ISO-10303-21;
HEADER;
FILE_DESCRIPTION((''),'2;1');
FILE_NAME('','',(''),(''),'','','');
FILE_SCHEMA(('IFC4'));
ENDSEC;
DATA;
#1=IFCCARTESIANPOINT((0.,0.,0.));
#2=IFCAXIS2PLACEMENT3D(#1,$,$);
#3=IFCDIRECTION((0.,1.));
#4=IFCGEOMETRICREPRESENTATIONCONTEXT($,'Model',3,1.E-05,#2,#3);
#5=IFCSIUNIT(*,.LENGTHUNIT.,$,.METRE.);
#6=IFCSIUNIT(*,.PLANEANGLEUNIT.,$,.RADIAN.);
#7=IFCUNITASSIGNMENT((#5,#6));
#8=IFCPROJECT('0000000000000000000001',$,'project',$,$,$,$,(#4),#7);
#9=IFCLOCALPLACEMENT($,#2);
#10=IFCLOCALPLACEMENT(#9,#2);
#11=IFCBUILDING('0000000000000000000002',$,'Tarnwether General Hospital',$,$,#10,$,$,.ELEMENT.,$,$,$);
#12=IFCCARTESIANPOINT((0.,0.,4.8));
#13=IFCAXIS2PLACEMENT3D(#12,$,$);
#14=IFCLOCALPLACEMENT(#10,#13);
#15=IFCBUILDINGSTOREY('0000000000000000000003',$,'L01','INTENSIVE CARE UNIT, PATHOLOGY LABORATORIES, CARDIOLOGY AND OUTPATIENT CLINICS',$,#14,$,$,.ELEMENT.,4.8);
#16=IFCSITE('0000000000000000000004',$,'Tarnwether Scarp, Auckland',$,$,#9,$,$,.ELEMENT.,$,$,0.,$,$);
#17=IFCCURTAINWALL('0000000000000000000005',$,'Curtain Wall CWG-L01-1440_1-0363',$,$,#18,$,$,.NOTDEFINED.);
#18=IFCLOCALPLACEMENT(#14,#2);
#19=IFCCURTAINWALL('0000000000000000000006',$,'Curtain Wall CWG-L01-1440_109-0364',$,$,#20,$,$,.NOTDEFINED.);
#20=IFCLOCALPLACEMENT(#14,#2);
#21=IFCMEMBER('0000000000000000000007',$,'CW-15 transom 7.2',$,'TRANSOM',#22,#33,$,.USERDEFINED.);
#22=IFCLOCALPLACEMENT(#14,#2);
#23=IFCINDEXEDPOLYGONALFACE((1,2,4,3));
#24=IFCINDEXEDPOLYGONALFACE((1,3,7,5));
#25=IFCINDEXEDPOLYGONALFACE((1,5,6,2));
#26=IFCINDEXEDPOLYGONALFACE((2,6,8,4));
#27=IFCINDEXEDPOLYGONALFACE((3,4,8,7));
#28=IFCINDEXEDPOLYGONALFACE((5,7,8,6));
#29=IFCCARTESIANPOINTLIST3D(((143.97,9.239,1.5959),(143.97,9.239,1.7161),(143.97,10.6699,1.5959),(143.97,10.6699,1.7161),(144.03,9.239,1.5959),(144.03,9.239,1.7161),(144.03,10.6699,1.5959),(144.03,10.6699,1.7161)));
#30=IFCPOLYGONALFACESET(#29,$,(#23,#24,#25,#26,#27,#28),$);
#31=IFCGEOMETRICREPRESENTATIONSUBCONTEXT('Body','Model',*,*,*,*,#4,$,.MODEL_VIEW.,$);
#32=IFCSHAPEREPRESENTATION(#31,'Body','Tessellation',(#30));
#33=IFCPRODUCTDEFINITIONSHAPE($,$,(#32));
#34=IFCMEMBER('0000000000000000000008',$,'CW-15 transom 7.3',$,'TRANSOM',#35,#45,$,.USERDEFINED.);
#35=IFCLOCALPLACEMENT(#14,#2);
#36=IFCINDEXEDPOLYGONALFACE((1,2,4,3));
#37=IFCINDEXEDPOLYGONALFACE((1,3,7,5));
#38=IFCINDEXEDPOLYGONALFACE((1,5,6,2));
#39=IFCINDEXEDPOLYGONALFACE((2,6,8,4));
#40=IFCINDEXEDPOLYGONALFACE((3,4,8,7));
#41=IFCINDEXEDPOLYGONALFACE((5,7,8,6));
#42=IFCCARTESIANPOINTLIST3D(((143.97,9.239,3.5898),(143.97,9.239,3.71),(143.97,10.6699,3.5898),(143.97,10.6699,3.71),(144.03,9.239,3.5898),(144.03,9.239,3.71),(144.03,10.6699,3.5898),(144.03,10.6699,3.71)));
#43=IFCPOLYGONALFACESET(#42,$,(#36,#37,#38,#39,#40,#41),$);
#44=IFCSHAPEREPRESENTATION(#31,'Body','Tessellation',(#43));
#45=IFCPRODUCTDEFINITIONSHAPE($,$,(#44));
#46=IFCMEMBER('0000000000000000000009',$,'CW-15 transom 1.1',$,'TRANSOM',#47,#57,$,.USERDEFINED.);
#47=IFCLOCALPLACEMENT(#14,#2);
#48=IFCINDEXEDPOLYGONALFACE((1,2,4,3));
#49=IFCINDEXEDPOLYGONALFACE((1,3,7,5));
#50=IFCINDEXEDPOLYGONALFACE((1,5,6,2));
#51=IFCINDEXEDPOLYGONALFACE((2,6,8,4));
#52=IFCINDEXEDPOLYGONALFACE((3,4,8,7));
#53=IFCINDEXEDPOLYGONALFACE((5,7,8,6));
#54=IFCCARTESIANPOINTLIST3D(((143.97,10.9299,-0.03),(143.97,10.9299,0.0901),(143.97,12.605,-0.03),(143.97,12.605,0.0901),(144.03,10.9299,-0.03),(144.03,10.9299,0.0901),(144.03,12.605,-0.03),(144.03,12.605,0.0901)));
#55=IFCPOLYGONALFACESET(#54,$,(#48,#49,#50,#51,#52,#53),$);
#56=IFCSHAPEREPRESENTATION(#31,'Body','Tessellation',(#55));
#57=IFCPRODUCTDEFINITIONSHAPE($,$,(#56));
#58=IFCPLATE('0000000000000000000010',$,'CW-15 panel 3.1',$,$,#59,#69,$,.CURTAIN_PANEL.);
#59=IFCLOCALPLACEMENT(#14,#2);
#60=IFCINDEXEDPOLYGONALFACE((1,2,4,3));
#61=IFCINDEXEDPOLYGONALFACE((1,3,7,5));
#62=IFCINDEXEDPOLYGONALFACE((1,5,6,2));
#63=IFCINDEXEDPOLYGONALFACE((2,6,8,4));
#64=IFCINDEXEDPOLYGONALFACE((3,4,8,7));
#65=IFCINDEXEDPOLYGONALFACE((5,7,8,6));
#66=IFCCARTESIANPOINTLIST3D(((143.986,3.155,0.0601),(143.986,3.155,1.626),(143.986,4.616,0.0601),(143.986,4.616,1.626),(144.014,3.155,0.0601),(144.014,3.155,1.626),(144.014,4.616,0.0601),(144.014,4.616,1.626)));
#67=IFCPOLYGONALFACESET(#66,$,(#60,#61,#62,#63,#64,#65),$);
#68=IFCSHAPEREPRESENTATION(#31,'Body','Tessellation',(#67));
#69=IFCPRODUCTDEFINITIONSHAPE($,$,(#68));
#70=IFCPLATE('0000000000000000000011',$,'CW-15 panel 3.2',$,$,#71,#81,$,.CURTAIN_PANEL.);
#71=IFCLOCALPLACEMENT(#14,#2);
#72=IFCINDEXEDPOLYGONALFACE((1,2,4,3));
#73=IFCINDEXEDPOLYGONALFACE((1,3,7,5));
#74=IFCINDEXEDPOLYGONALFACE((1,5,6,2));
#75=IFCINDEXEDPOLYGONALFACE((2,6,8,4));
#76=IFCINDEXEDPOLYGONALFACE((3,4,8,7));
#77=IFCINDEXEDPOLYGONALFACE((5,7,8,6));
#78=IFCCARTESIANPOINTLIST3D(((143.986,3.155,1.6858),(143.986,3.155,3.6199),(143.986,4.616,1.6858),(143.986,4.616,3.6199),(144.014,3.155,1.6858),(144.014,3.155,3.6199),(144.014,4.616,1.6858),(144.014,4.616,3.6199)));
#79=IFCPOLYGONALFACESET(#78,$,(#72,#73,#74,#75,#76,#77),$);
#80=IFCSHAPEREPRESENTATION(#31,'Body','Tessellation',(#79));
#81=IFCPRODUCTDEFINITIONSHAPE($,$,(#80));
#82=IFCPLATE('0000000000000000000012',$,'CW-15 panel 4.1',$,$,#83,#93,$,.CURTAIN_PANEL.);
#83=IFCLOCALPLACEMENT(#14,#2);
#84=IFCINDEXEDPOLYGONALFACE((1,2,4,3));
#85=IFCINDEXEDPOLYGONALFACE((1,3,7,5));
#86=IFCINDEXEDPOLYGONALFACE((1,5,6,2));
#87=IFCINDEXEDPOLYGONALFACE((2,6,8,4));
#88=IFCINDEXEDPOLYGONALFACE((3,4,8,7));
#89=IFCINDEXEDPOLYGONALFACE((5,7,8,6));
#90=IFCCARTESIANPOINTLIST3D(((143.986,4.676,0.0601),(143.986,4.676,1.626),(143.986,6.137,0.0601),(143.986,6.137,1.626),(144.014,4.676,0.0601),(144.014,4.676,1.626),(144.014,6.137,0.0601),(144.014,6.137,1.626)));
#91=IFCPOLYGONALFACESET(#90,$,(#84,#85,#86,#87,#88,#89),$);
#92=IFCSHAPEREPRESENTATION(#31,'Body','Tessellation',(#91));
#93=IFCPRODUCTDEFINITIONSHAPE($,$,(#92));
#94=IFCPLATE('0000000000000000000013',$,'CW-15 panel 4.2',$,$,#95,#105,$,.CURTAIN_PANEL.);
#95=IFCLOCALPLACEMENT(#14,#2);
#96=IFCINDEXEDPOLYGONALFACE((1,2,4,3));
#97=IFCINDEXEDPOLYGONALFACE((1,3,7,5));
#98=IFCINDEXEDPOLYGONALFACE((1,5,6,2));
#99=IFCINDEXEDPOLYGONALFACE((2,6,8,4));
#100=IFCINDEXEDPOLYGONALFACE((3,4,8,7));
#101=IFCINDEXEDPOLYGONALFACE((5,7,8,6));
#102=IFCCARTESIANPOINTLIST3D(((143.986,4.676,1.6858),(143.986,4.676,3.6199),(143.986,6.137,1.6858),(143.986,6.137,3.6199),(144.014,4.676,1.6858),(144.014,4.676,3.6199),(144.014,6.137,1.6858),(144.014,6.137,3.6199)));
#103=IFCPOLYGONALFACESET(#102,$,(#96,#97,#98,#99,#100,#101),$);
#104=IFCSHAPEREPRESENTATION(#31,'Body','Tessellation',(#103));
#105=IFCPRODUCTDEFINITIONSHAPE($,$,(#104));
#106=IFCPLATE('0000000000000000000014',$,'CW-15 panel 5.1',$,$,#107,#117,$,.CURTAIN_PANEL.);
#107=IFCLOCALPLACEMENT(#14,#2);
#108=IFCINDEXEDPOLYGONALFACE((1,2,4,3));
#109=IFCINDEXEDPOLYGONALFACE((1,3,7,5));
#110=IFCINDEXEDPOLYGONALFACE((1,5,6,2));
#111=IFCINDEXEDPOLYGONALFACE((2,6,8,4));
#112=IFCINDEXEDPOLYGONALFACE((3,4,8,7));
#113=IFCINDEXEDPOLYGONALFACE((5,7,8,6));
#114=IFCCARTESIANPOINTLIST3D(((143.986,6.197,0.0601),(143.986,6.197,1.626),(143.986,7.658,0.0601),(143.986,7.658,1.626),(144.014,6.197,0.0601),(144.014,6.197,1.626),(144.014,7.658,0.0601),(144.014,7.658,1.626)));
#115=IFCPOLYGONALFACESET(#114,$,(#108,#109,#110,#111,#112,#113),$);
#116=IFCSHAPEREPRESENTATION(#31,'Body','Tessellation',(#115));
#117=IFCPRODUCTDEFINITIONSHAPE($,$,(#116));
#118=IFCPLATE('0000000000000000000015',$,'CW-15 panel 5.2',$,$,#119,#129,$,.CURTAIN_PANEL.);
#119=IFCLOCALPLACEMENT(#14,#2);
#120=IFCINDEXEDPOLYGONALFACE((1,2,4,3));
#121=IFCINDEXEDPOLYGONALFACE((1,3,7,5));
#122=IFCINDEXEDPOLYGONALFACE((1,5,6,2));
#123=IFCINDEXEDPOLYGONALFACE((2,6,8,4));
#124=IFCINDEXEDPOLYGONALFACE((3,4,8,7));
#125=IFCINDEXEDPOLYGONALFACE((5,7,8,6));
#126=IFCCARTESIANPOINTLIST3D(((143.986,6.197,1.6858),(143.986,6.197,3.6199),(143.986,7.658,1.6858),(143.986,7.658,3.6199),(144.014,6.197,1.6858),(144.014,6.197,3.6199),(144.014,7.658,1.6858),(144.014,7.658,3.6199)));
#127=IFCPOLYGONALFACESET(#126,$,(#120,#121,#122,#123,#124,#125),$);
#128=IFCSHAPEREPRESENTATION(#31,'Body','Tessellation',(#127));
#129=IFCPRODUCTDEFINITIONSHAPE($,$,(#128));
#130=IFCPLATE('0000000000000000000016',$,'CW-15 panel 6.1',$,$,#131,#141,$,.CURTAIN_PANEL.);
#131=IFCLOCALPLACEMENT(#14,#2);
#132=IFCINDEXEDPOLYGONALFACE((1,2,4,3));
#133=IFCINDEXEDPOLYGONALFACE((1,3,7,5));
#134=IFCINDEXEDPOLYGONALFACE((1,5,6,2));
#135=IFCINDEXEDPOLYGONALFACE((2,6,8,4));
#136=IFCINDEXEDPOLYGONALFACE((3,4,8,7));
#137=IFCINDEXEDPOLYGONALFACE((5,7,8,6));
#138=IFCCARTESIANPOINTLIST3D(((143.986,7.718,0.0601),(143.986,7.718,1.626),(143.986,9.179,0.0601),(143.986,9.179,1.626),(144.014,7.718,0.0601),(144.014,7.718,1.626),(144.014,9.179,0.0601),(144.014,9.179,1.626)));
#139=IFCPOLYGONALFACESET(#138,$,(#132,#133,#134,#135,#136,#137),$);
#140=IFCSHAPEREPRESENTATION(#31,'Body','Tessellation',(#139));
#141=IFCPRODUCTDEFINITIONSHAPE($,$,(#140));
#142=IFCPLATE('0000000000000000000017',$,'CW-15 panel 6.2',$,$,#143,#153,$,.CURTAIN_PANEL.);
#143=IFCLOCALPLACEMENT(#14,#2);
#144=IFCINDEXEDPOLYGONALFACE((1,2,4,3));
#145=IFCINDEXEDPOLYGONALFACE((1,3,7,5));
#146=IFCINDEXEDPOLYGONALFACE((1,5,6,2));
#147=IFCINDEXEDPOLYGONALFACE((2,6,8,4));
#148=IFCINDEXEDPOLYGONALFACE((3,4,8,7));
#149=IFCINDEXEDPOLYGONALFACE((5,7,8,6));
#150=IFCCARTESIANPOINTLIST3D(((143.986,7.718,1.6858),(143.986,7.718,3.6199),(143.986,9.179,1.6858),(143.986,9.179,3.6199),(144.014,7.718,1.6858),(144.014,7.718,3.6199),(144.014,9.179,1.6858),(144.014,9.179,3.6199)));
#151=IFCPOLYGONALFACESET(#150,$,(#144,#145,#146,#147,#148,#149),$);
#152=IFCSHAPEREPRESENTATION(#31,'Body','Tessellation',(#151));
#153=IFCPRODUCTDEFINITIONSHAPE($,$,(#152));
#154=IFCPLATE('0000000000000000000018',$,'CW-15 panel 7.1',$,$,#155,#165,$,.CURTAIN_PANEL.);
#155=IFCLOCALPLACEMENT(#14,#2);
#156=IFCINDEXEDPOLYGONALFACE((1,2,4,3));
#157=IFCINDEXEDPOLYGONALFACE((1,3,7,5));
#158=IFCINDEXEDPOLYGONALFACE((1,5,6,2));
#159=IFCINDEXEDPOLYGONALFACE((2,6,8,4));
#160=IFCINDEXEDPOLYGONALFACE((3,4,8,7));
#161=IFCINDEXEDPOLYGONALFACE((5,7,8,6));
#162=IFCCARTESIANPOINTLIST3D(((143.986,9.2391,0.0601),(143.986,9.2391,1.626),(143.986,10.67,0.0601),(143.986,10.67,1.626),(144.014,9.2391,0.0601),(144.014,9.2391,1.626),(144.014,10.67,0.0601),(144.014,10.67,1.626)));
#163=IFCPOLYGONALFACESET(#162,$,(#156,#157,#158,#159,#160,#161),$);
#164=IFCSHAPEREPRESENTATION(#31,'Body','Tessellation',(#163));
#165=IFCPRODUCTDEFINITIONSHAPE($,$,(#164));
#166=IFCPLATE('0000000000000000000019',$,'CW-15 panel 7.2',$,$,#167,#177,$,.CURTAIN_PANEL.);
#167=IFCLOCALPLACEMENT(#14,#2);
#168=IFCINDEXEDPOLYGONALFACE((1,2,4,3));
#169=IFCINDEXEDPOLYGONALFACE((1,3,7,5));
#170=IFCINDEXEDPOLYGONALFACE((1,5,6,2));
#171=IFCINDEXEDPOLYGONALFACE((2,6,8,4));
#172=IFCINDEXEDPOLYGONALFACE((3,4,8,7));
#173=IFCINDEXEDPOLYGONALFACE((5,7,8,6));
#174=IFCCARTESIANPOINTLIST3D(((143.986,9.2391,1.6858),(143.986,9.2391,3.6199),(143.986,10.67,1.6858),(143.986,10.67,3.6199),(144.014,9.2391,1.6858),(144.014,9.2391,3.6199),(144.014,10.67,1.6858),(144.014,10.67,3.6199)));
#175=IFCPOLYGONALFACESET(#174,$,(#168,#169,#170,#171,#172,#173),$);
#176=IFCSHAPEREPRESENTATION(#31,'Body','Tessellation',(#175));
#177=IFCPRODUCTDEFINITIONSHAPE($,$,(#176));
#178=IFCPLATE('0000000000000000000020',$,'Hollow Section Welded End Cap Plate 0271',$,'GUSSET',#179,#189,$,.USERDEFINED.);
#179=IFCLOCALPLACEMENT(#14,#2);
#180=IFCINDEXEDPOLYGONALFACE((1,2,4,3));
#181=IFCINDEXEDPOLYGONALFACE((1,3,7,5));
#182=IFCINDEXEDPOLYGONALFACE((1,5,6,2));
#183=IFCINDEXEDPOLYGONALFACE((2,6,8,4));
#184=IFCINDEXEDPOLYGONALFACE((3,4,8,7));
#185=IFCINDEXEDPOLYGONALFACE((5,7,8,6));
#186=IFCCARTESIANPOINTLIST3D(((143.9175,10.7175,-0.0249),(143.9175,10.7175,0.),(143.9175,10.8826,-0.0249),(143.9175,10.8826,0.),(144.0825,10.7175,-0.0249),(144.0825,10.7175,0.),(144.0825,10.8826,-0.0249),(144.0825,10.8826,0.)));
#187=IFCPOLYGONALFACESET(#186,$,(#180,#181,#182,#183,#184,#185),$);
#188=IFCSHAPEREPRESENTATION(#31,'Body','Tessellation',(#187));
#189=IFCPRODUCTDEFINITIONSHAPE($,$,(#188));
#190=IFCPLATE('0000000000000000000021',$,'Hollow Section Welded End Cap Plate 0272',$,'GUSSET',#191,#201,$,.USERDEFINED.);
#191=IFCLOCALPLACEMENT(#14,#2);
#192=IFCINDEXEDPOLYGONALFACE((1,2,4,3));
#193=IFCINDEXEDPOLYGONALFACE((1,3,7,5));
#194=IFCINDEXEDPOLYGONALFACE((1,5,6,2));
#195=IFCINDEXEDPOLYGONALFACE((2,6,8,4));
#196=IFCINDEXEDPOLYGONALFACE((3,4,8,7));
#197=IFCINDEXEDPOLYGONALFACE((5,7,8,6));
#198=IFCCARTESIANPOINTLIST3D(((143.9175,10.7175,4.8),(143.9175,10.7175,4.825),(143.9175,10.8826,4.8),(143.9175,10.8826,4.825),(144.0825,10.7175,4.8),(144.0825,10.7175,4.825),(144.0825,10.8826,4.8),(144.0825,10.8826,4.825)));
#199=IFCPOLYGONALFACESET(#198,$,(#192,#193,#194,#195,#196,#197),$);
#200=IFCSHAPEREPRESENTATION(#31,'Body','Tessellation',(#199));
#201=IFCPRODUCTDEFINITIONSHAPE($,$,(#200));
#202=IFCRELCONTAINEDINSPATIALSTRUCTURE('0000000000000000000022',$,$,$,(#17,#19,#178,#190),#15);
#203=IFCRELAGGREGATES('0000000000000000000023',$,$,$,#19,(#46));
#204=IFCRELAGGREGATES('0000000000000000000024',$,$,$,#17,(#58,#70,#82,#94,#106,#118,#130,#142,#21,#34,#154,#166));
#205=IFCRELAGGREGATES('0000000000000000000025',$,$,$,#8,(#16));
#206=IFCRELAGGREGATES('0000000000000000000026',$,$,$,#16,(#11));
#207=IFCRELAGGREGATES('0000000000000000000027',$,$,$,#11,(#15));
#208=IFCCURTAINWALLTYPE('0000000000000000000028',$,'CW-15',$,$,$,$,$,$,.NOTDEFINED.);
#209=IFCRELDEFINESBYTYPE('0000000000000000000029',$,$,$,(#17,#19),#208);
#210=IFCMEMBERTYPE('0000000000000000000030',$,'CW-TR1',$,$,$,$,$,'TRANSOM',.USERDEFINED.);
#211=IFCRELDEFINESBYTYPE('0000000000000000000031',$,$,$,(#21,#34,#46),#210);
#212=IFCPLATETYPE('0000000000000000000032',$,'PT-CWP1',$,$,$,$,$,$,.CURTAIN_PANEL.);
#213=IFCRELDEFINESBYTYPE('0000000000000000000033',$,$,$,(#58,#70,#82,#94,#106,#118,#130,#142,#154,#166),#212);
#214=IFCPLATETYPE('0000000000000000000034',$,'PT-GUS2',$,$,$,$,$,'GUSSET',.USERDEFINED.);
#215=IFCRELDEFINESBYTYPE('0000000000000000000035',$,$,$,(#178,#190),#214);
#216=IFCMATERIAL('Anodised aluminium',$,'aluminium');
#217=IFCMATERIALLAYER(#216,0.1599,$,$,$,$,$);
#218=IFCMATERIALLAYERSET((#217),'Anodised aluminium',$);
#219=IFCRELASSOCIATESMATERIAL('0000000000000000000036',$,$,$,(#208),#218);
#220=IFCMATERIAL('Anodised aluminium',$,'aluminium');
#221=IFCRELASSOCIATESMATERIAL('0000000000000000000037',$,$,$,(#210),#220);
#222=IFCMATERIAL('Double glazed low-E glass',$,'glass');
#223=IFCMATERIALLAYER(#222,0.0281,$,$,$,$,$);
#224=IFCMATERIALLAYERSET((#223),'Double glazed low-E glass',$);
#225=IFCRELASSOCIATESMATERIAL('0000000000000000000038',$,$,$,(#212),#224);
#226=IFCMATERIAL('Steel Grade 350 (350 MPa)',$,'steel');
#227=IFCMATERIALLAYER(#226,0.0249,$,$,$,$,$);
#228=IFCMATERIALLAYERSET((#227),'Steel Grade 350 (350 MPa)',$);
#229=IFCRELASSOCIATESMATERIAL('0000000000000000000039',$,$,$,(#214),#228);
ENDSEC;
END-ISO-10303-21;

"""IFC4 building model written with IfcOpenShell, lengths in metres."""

from ifc_helpers import new_model, si_unit, direction, frame, origin, origin_2d, place, context, subcontext, project, spatial, rectangle, extrude, material, layer, layer_set, material_profile, profile_set, type_object, element, aggregate, save


model = new_model("IFC4")

# Units and contexts
model_context = context("Model", 3, precision=1e-05, world=origin(), true_north=direction((0.0, 1.0)))
body_context = subcontext(model_context, "Body", "Model", "MODEL_VIEW")
ifc_project = project(units=[si_unit("LENGTHUNIT", "METRE"), si_unit("PLANEANGLEUNIT", "RADIAN")], contexts=[model_context])

# Site, building, storey
site_placement = place(None, origin())
site = spatial("IfcSite", under=ifc_project, at=site_placement, Name="Tarnwether Scarp, Auckland", CompositionType="ELEMENT", RefElevation=0.0)
building_placement = place(site_placement, origin())
building = spatial("IfcBuilding", under=site, at=building_placement, Name="Tarnwether General Hospital", CompositionType="ELEMENT")
storey_placement = place(building_placement, frame((0.0, 0.0, 4.8)))
storey = spatial("IfcBuildingStorey", under=building, at=storey_placement, Name="L01", Description="INTENSIVE CARE UNIT, PATHOLOGY LABORATORIES, CARDIOLOGY AND OUTPATIENT CLINICS", CompositionType="ELEMENT", Elevation=4.8)

# Curtain wall
ifc_material_1 = material(Name="Anodised aluminium", Category="aluminium")
ifc_layer_1 = layer(ifc_material_1, 0.1599)
ifc_layer_set_1 = layer_set([ifc_layer_1], Name="Anodised aluminium")
curtain_wall_type = type_object("IfcCurtainWallType", Name="CW-15", PredefinedType="NOTDEFINED", material=ifc_layer_set_1)
curtain_wall_1_placement = place(storey_placement, origin())
curtain_wall_1 = element("IfcCurtainWall", 1, at=curtain_wall_1_placement, inside=storey, type_object=curtain_wall_type, Name="Curtain Wall CWG-L01-1440_1-0363", PredefinedType="NOTDEFINED")

# Curtain wall
curtain_wall_2_placement = place(storey_placement, origin())
curtain_wall_2 = element("IfcCurtainWall", 2, at=curtain_wall_2_placement, inside=storey, type_object=curtain_wall_type, Name="Curtain Wall CWG-L01-1440_109-0364", PredefinedType="NOTDEFINED")

# Members
ifc_material_2 = material(Name="Anodised aluminium", Category="aluminium")
ifc_material_profile_1 = material_profile(ifc_material_2, rectangle(XDim=0.0601, YDim=0.1201, at=origin_2d()), Name="ALU-TRN-60x120")
ifc_profile_set_1 = profile_set([ifc_material_profile_1], Name="Anodised aluminium")
member_type_1 = type_object("IfcMemberType", Name="CW-TR1", ElementType="TRANSOM", PredefinedType="USERDEFINED", material=ifc_profile_set_1)
member_1_placement = place(storey_placement, frame((144.0, 9.239, 1.656), z_axis=(0.0, 1.0, 0.0), x_axis=(-1.0, 0.0, 0.0)))
member_1 = element("IfcMember", 3, at=member_1_placement, type_object=member_type_1, Name="CW-15 transom 7.2", ObjectType="TRANSOM", PredefinedType="USERDEFINED", context=body_context, shape_type="SweptSolid", body=[
    extrude(rectangle(XDim=0.0601, YDim=0.1201, at=origin_2d()), origin(), (0.0, 0.0, 1.0), 1.4309),
])
member_2_placement = place(storey_placement, frame((144.0, 9.239, 3.6499), z_axis=(0.0, 1.0, 0.0), x_axis=(-1.0, 0.0, 0.0)))
member_2 = element("IfcMember", 4, at=member_2_placement, type_object=member_type_1, Name="CW-15 transom 7.3", ObjectType="TRANSOM", PredefinedType="USERDEFINED", context=body_context, shape_type="SweptSolid", body=[
    extrude(rectangle(XDim=0.0601, YDim=0.1201, at=origin_2d()), origin(), (0.0, 0.0, 1.0), 1.4309),
])
member_3_placement = place(storey_placement, frame((144.0, 10.9299, 0.03), z_axis=(0.0, 1.0, 0.0), x_axis=(-1.0, 0.0, 0.0)))
member_3 = element("IfcMember", 5, at=member_3_placement, type_object=member_type_1, Name="CW-15 transom 1.1", ObjectType="TRANSOM", PredefinedType="USERDEFINED", context=body_context, shape_type="SweptSolid", body=[
    extrude(rectangle(XDim=0.0601, YDim=0.1201, at=origin_2d()), origin(), (0.0, 0.0, 1.0), 1.675),
])
aggregate(curtain_wall_2, [member_3])

# Plates
ifc_material_3 = material(Name="Double glazed low-E glass", Category="glass")
ifc_layer_2 = layer(ifc_material_3, 0.0281)
ifc_layer_set_2 = layer_set([ifc_layer_2], Name="Double glazed low-E glass")
plate_type_1 = type_object("IfcPlateType", Name="PT-CWP1", PredefinedType="CURTAIN_PANEL", material=ifc_layer_set_2)
plate_1_placement = place(storey_placement, frame((144.0, 3.8855, 0.0601), z_axis=(0.0, 0.0, 1.0), x_axis=(0.0, 1.0, 0.0)))
plate_1 = element("IfcPlate", 6, at=plate_1_placement, type_object=plate_type_1, Name="CW-15 panel 3.1", PredefinedType="CURTAIN_PANEL", context=body_context, shape_type="SweptSolid", body=[
    extrude(rectangle(XDim=1.4609, YDim=0.0281, at=origin_2d()), origin(), (0.0, 0.0, 1.0), 1.5659),
])
plate_2_placement = place(storey_placement, frame((144.0, 3.8855, 1.6858), z_axis=(0.0, 0.0, 1.0), x_axis=(0.0, 1.0, 0.0)))
plate_2 = element("IfcPlate", 7, at=plate_2_placement, type_object=plate_type_1, Name="CW-15 panel 3.2", PredefinedType="CURTAIN_PANEL", context=body_context, shape_type="SweptSolid", body=[
    extrude(rectangle(XDim=1.4609, YDim=0.0281, at=origin_2d()), origin(), (0.0, 0.0, 1.0), 1.9341),
])
plate_3_placement = place(storey_placement, frame((144.0, 5.4065, 0.0601), z_axis=(0.0, 0.0, 1.0), x_axis=(0.0, 1.0, 0.0)))
plate_3 = element("IfcPlate", 8, at=plate_3_placement, type_object=plate_type_1, Name="CW-15 panel 4.1", PredefinedType="CURTAIN_PANEL", context=body_context, shape_type="SweptSolid", body=[
    extrude(rectangle(XDim=1.4609, YDim=0.0281, at=origin_2d()), origin(), (0.0, 0.0, 1.0), 1.5659),
])
plate_4_placement = place(storey_placement, frame((144.0, 5.4065, 1.6858), z_axis=(0.0, 0.0, 1.0), x_axis=(0.0, 1.0, 0.0)))
plate_4 = element("IfcPlate", 9, at=plate_4_placement, type_object=plate_type_1, Name="CW-15 panel 4.2", PredefinedType="CURTAIN_PANEL", context=body_context, shape_type="SweptSolid", body=[
    extrude(rectangle(XDim=1.4609, YDim=0.0281, at=origin_2d()), origin(), (0.0, 0.0, 1.0), 1.9341),
])
plate_5_placement = place(storey_placement, frame((144.0, 6.9275, 0.0601), z_axis=(0.0, 0.0, 1.0), x_axis=(0.0, 1.0, 0.0)))
plate_5 = element("IfcPlate", 10, at=plate_5_placement, type_object=plate_type_1, Name="CW-15 panel 5.1", PredefinedType="CURTAIN_PANEL", context=body_context, shape_type="SweptSolid", body=[
    extrude(rectangle(XDim=1.4609, YDim=0.0281, at=origin_2d()), origin(), (0.0, 0.0, 1.0), 1.5659),
])
plate_6_placement = place(storey_placement, frame((144.0, 6.9275, 1.6858), z_axis=(0.0, 0.0, 1.0), x_axis=(0.0, 1.0, 0.0)))
plate_6 = element("IfcPlate", 11, at=plate_6_placement, type_object=plate_type_1, Name="CW-15 panel 5.2", PredefinedType="CURTAIN_PANEL", context=body_context, shape_type="SweptSolid", body=[
    extrude(rectangle(XDim=1.4609, YDim=0.0281, at=origin_2d()), origin(), (0.0, 0.0, 1.0), 1.9341),
])
plate_7_placement = place(storey_placement, frame((144.0, 8.4485, 0.0601), z_axis=(0.0, 0.0, 1.0), x_axis=(0.0, 1.0, 0.0)))
plate_7 = element("IfcPlate", 12, at=plate_7_placement, type_object=plate_type_1, Name="CW-15 panel 6.1", PredefinedType="CURTAIN_PANEL", context=body_context, shape_type="SweptSolid", body=[
    extrude(rectangle(XDim=1.4609, YDim=0.0281, at=origin_2d()), origin(), (0.0, 0.0, 1.0), 1.5659),
])
plate_8_placement = place(storey_placement, frame((144.0, 8.4485, 1.6858), z_axis=(0.0, 0.0, 1.0), x_axis=(0.0, 1.0, 0.0)))
plate_8 = element("IfcPlate", 13, at=plate_8_placement, type_object=plate_type_1, Name="CW-15 panel 6.2", PredefinedType="CURTAIN_PANEL", context=body_context, shape_type="SweptSolid", body=[
    extrude(rectangle(XDim=1.4609, YDim=0.0281, at=origin_2d()), origin(), (0.0, 0.0, 1.0), 1.9341),
])
plate_9_placement = place(storey_placement, frame((144.0, 9.9546, 0.0601), z_axis=(0.0, 0.0, 1.0), x_axis=(0.0, 1.0, 0.0)))
plate_9 = element("IfcPlate", 14, at=plate_9_placement, type_object=plate_type_1, Name="CW-15 panel 7.1", PredefinedType="CURTAIN_PANEL", context=body_context, shape_type="SweptSolid", body=[
    extrude(rectangle(XDim=1.4309, YDim=0.0281, at=origin_2d()), origin(), (0.0, 0.0, 1.0), 1.5659),
])
plate_10_placement = place(storey_placement, frame((144.0, 9.9546, 1.6858), z_axis=(0.0, 0.0, 1.0), x_axis=(0.0, 1.0, 0.0)))
plate_10 = element("IfcPlate", 15, at=plate_10_placement, type_object=plate_type_1, Name="CW-15 panel 7.2", PredefinedType="CURTAIN_PANEL", context=body_context, shape_type="SweptSolid", body=[
    extrude(rectangle(XDim=1.4309, YDim=0.0281, at=origin_2d()), origin(), (0.0, 0.0, 1.0), 1.9341),
])
aggregate(curtain_wall_1, [plate_1, plate_2, plate_3, plate_4, plate_5, plate_6, plate_7, plate_8, member_1, member_2, plate_9, plate_10])

# Plates
ifc_material_4 = material(Name="Steel Grade 350 (350 MPa)", Category="steel")
ifc_layer_3 = layer(ifc_material_4, 0.0249)
ifc_layer_set_3 = layer_set([ifc_layer_3], Name="Steel Grade 350 (350 MPa)")
plate_type_2 = type_object("IfcPlateType", Name="PT-GUS2", ElementType="GUSSET", PredefinedType="USERDEFINED", material=ifc_layer_set_3)
for number, where, z_axis, x_axis, name in (
    (16, (144.0, 10.8, -0.0249), (0.0, 0.0, 1.0), (1.0, 0.0, 0.0), "Hollow Section Welded End Cap Plate 0271"),
    (17, (144.0, 10.8, 4.8), (0.0, 0.0, 1.0), (1.0, 0.0, 0.0), "Hollow Section Welded End Cap Plate 0272"),
):
    element("IfcPlate", number, at=place(storey_placement, frame(where, z_axis=z_axis, x_axis=x_axis)), inside=storey, type_object=plate_type_2, Name=name, ObjectType="GUSSET", PredefinedType="USERDEFINED", context=body_context, shape_type="SweptSolid", body=[
        extrude(rectangle(XDim=0.165, YDim=0.165, at=origin_2d()), origin(), (0.0, 0.0, 1.0), 0.0249),
    ])

save(model, "model.ifc")
